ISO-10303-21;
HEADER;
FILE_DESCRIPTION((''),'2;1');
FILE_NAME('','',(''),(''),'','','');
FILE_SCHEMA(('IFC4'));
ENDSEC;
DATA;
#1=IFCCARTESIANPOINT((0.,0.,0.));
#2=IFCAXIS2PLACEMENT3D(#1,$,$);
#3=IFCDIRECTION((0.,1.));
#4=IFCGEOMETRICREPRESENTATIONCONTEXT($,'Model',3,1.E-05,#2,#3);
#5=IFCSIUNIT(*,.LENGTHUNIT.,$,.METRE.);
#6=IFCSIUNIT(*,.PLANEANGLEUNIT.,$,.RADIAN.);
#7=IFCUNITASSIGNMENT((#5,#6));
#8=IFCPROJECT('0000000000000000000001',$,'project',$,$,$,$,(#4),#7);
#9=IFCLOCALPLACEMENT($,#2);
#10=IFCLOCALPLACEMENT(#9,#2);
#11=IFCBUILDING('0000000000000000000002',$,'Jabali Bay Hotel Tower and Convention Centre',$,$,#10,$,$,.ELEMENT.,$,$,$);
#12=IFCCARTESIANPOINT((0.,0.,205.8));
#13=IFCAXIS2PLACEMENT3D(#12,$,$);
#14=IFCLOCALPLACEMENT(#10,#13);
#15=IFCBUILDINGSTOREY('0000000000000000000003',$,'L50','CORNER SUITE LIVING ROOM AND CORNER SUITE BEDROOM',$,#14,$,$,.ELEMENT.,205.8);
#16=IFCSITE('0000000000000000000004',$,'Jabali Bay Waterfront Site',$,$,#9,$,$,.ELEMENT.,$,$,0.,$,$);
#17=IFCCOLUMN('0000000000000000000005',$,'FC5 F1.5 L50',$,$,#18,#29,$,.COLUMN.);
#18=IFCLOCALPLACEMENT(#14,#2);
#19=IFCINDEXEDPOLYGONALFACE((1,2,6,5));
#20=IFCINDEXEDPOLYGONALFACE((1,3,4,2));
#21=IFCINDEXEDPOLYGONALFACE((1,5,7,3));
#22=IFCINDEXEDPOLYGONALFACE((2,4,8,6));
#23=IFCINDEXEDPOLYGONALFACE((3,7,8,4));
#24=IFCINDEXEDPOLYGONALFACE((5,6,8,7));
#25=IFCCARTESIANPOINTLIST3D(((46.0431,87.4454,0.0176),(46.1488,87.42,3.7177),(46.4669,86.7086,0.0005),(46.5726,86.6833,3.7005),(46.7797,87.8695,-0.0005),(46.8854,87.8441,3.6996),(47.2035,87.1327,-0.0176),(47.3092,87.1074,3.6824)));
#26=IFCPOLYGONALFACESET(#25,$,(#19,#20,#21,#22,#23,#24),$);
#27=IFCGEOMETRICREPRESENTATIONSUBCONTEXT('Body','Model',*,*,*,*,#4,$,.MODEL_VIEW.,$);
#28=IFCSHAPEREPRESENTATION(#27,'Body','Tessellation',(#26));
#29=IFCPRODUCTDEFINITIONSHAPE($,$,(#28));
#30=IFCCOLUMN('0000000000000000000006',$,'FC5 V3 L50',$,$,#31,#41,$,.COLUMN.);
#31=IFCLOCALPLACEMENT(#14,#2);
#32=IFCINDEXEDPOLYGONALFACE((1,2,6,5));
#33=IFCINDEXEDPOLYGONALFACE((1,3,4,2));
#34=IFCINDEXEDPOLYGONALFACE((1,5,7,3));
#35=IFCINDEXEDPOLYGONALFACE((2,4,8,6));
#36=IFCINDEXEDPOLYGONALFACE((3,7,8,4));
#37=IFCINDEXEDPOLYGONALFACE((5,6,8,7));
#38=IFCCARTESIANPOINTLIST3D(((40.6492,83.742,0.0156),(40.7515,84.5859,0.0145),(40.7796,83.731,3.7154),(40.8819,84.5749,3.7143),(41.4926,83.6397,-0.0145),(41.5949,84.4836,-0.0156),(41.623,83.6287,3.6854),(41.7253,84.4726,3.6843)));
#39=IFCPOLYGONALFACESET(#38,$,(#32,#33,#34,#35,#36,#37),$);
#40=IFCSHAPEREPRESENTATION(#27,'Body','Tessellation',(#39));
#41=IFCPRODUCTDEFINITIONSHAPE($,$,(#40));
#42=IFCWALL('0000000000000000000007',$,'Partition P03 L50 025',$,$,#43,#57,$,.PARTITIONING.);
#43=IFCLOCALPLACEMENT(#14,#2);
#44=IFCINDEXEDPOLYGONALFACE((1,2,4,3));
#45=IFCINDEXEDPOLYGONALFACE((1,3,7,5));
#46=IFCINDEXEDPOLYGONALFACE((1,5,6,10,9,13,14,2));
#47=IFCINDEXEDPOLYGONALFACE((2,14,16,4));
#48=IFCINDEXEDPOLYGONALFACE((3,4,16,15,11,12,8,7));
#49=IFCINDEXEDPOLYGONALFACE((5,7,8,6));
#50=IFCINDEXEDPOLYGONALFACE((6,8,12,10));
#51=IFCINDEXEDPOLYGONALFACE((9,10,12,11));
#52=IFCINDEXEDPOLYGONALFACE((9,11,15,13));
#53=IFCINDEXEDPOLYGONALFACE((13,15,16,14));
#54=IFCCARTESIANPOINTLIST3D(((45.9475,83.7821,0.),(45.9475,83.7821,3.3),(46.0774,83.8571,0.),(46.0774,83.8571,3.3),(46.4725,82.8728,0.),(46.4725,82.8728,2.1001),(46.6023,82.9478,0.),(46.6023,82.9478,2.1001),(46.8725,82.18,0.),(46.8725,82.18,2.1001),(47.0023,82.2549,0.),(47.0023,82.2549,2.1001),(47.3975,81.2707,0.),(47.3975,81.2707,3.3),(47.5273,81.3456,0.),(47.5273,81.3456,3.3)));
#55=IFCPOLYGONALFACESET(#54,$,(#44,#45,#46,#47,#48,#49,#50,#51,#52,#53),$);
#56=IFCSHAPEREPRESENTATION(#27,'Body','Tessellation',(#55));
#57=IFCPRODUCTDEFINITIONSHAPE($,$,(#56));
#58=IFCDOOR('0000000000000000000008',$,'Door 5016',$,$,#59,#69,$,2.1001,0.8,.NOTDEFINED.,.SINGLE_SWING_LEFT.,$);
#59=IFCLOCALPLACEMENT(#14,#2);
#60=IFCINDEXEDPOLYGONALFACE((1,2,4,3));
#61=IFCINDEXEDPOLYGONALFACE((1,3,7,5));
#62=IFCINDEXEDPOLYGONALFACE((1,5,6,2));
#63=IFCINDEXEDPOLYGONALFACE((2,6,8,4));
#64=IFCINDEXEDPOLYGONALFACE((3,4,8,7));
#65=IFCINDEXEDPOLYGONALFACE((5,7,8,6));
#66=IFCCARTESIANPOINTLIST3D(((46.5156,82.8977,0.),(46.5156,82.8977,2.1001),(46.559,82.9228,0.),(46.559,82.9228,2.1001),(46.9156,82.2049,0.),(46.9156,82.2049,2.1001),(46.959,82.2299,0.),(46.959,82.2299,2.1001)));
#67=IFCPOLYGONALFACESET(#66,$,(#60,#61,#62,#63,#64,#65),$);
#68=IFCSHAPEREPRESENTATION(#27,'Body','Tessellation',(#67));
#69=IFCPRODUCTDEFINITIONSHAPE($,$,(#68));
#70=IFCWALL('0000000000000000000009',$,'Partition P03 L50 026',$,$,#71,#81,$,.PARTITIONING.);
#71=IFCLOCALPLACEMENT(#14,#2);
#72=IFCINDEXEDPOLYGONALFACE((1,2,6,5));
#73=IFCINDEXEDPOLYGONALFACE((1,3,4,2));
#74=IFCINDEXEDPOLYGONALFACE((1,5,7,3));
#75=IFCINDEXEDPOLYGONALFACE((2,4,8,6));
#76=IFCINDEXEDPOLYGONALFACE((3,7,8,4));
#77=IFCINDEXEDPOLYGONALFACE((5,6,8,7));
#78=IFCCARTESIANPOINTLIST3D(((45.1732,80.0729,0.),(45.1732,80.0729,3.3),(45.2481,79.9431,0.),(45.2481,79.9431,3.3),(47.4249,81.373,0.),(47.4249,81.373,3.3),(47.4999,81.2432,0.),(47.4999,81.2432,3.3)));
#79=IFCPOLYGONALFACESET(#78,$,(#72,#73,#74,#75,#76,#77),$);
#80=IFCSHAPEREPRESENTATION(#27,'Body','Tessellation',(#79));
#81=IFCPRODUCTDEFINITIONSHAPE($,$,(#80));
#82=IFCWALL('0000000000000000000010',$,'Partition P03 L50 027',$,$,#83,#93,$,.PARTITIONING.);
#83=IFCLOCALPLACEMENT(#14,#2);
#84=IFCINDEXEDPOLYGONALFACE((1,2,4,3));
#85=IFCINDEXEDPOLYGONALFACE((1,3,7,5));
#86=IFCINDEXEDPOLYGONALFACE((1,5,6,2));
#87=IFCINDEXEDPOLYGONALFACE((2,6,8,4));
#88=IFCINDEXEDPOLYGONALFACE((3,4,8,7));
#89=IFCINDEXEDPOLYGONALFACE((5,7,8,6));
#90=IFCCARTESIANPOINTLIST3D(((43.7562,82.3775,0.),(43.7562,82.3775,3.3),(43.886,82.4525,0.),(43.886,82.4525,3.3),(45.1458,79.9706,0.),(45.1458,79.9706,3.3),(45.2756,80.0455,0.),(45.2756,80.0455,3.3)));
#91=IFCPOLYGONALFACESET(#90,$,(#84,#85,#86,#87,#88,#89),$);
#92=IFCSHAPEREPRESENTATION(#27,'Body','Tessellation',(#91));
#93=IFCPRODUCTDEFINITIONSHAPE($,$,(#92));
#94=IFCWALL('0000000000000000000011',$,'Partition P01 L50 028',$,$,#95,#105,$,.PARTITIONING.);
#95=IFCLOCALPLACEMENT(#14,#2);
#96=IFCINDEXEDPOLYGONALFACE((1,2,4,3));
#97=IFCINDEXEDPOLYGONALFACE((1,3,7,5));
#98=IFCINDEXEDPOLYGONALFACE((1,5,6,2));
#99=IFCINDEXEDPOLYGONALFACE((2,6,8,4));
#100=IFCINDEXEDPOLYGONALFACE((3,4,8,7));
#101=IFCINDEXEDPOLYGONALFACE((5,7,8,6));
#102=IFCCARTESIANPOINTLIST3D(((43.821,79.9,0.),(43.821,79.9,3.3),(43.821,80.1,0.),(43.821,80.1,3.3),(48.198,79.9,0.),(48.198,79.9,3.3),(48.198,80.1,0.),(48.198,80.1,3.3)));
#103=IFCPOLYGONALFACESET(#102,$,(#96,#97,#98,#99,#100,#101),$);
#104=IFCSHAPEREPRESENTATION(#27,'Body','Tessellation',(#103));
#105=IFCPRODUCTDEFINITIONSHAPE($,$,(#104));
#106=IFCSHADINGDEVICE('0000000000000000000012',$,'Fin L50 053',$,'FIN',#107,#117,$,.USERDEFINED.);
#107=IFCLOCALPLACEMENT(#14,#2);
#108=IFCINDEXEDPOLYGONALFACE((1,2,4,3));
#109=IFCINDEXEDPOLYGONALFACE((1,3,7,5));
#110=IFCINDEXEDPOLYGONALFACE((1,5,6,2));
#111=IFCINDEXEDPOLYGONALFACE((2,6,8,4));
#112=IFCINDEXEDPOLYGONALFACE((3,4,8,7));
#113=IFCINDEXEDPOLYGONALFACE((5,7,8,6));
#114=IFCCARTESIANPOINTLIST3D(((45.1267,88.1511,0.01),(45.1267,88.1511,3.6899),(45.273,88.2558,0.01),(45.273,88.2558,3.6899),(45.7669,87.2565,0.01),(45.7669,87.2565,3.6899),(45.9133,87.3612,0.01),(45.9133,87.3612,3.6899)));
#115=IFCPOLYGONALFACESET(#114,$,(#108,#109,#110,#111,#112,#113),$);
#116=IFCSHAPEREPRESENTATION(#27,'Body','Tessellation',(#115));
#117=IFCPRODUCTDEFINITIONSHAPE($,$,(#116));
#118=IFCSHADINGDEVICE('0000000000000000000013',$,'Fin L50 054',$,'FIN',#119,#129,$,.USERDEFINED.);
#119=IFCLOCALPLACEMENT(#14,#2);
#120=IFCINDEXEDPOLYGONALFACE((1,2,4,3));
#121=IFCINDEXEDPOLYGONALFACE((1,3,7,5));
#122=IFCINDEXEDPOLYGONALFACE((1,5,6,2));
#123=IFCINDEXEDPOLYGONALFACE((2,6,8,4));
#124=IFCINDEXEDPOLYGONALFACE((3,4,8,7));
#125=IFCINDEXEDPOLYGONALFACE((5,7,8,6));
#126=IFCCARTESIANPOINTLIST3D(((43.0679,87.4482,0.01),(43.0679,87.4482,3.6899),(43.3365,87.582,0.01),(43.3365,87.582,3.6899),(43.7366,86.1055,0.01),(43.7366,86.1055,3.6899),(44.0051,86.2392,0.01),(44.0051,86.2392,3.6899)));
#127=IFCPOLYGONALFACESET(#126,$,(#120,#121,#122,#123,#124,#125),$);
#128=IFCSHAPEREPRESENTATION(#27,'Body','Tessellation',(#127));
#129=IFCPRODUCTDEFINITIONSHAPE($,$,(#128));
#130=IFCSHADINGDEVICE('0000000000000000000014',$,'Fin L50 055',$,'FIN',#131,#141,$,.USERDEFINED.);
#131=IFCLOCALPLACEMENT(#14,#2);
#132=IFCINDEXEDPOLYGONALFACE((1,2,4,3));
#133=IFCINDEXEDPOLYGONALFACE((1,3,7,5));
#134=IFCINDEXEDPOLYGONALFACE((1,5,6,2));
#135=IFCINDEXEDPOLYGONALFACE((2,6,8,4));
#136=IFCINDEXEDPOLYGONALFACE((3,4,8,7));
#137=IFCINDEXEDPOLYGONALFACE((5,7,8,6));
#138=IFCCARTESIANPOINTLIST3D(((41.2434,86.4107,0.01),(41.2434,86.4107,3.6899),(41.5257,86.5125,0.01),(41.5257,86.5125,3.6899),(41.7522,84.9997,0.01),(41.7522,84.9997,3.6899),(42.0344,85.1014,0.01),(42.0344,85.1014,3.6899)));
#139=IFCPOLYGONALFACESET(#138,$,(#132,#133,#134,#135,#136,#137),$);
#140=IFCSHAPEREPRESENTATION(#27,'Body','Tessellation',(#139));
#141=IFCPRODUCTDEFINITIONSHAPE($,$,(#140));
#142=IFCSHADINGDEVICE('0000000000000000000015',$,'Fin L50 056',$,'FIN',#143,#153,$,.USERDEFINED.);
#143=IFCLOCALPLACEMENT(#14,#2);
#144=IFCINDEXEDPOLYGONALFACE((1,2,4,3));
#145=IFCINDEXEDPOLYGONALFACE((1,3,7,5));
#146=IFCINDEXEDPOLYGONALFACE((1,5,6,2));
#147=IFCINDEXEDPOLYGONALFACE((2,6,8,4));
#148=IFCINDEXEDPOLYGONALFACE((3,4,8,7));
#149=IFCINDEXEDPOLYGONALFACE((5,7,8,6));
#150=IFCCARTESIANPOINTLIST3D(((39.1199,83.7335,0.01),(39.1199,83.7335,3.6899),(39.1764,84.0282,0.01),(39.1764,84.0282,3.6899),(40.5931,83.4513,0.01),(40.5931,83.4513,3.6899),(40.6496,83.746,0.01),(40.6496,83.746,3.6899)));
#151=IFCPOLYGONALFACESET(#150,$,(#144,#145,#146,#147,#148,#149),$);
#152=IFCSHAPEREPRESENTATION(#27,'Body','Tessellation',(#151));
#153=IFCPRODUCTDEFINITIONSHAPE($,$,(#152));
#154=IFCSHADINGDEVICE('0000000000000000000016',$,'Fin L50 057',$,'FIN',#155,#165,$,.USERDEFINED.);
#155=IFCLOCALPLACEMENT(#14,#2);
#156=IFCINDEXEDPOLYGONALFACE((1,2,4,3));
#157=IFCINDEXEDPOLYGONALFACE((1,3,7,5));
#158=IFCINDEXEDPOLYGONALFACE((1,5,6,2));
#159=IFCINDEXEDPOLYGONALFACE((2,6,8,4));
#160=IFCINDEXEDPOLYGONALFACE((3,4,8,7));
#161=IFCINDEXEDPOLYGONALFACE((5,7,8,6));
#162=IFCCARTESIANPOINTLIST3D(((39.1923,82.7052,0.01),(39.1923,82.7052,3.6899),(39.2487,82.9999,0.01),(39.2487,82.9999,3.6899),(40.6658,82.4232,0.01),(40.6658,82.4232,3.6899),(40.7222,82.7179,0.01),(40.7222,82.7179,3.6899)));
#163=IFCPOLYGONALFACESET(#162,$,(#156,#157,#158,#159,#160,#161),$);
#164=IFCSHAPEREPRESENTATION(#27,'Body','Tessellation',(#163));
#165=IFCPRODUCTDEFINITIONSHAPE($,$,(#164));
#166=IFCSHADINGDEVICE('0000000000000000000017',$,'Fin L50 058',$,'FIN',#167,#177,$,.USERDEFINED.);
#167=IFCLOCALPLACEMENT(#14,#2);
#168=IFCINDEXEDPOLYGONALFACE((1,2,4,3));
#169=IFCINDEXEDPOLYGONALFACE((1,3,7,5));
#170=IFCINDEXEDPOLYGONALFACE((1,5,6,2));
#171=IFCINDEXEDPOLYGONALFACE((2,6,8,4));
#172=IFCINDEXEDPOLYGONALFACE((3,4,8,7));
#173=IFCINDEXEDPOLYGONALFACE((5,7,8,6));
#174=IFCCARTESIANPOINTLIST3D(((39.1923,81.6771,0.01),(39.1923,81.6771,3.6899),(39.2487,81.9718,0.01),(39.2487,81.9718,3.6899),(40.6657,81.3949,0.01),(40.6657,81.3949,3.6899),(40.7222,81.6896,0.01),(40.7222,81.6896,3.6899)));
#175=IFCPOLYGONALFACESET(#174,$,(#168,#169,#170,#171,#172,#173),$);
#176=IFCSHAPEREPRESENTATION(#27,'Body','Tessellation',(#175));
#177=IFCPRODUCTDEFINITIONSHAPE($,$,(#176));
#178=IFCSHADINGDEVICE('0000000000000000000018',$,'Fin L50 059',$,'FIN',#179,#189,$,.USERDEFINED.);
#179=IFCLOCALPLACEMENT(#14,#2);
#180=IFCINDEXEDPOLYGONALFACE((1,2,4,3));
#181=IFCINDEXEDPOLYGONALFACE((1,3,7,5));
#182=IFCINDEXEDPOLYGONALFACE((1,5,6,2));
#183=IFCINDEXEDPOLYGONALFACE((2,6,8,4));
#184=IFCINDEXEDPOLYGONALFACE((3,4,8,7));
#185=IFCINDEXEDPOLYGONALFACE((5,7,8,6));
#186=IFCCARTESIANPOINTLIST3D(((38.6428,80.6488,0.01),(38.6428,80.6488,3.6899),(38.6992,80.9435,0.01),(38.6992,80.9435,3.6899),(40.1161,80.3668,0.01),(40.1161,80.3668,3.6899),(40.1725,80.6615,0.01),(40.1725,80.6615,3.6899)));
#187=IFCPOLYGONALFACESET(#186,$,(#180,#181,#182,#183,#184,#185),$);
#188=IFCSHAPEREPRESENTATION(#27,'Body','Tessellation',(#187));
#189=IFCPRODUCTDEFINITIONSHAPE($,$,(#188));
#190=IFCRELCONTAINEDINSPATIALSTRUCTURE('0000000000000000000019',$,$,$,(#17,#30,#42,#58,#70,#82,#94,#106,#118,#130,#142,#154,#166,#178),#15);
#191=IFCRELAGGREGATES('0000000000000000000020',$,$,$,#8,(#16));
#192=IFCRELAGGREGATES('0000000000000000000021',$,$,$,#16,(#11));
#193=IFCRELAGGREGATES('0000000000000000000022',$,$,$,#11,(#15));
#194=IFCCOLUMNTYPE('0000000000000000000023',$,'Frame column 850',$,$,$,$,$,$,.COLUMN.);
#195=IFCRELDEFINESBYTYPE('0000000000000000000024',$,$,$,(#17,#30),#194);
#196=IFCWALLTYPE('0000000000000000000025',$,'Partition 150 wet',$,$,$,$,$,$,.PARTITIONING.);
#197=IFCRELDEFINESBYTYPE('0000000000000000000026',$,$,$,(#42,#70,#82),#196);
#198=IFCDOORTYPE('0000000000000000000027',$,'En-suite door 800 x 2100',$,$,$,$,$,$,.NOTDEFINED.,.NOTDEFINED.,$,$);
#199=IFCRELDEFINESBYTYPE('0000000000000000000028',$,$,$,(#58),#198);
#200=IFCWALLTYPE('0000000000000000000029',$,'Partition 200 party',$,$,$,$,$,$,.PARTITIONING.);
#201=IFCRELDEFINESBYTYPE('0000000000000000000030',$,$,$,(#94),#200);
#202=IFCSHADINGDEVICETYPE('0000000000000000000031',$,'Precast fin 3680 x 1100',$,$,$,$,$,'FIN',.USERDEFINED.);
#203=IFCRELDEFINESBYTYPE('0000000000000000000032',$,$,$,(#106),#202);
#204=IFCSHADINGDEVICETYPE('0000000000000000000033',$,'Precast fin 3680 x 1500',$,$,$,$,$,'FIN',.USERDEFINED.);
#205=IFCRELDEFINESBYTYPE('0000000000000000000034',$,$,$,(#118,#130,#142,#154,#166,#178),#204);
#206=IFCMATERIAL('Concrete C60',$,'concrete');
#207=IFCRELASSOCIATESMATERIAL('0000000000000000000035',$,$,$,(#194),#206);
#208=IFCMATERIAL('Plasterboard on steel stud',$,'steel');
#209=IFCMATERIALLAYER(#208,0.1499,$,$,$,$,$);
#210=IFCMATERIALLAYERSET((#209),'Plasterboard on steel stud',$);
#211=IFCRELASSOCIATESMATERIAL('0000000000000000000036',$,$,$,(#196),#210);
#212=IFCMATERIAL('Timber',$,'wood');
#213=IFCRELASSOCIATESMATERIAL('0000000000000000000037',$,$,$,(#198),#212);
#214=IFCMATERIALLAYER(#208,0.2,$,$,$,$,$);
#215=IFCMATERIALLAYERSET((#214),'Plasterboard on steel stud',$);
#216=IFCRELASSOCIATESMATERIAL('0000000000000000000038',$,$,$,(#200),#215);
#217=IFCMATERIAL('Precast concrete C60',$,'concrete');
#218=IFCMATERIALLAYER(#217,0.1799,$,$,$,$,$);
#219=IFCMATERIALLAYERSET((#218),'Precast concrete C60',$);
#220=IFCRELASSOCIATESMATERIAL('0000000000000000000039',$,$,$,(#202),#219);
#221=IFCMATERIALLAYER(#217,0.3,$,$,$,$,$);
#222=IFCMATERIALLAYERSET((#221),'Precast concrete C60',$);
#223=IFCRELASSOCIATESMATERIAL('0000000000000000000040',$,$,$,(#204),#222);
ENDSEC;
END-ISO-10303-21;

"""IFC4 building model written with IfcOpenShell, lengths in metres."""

from ifc_helpers import new_model, si_unit, direction, frame, frame_2d, origin, origin_2d, place, context, subcontext, project, spatial, rectangle, extrude, material, layer, layer_set, material_profile, profile_set, type_object, element, fill, save


model = new_model("IFC4")

# Units and contexts
model_context = context("Model", 3, precision=1e-05, world=origin(), true_north=direction((0.0, 1.0)))
body_context = subcontext(model_context, "Body", "Model", "MODEL_VIEW")
ifc_project = project(units=[si_unit("LENGTHUNIT", "METRE"), si_unit("PLANEANGLEUNIT", "RADIAN")], contexts=[model_context])

# Site, building, storey
site_placement = place(None, origin())
site = spatial("IfcSite", under=ifc_project, at=site_placement, Name="Jabali Bay Waterfront Site", CompositionType="ELEMENT", RefElevation=0.0)
building_placement = place(site_placement, origin())
building = spatial("IfcBuilding", under=site, at=building_placement, Name="Jabali Bay Hotel Tower and Convention Centre", CompositionType="ELEMENT")
storey_placement = place(building_placement, frame((0.0, 0.0, 205.8)))
storey = spatial("IfcBuildingStorey", under=building, at=storey_placement, Name="L50", Description="CORNER SUITE LIVING ROOM AND CORNER SUITE BEDROOM", CompositionType="ELEMENT", Elevation=205.8)

# Columns
ifc_material_1 = material(Name="Concrete C60", Category="concrete")
ifc_material_profile = material_profile(ifc_material_1, rectangle(XDim=0.8501, YDim=0.8501, at=origin_2d()), Name="Frame column 850")
ifc_profile_set = profile_set([ifc_material_profile], Name="Concrete C60")
column_type = type_object("IfcColumnType", Name="Frame column 850", PredefinedType="COLUMN", material=ifc_profile_set)
column_1_placement = place(storey_placement, frame((46.6233, 87.2891, 0.0), z_axis=(0.028559, -0.006859, 0.999569), x_axis=(-0.498523, 0.866641, 0.020191)))
element("IfcColumn", 1, at=column_1_placement, inside=storey, type_object=column_type, Name="FC5 F1.5 L50", PredefinedType="COLUMN", context=body_context, shape_type="SweptSolid", body=[
    extrude(rectangle(XDim=0.8501, YDim=0.8501, at=origin_2d()), origin(), (0.0, 0.0, 1.0), 3.7017),
])
column_2_placement = place(storey_placement, frame((41.1221, 84.1128, 0.0), z_axis=(0.035214, -0.002967, 0.999375), x_axis=(-0.992109, 0.120301, 0.035315)))
element("IfcColumn", 2, at=column_2_placement, inside=storey, type_object=column_type, Name="FC5 V3 L50", PredefinedType="COLUMN", context=body_context, shape_type="SweptSolid", body=[
    extrude(rectangle(XDim=0.8501, YDim=0.8501, at=origin_2d()), origin(), (0.0, 0.0, 1.0), 3.7021),
])

# Wall, opening, door
ifc_material_2 = material(Name="Plasterboard on steel stud", Category="steel")
ifc_layer_1 = layer(ifc_material_2, 0.1499)
ifc_layer_set_1 = layer_set([ifc_layer_1], Name="Plasterboard on steel stud")
wall_type_1 = type_object("IfcWallType", Name="Partition 150 wet", PredefinedType="PARTITIONING", material=ifc_layer_set_1)
wall_1_placement = place(storey_placement, frame((46.0125, 83.8196, 0.0), z_axis=(0.0, 0.0, 1.0), x_axis=(0.499987, -0.866033, 0.0)))
wall_1 = element("IfcWall", 3, at=wall_1_placement, inside=storey, type_object=wall_type_1, Name="Partition P03 L50 025", PredefinedType="PARTITIONING", context=body_context, shape_type="SweptSolid", body=[
    extrude(rectangle(XDim=2.8999, YDim=0.1499, at=frame_2d((1.45, 0.0))), origin(), (0.0, 0.0, 1.0), 3.3),
])
opening_1_placement = place(wall_1_placement, frame((1.05, 0.0, 0.0)))
opening_1 = element("IfcOpeningElement", 4, at=opening_1_placement, cuts=wall_1, PredefinedType="OPENING", context=body_context, shape_type="SweptSolid", body=[
    extrude(rectangle(XDim=0.8, YDim=2.1001, at=frame_2d((0.3999, 1.05))), frame((0.0, 0.0854, 0.0), z_axis=(0.0, -1.0, 0.0), x_axis=(1.0, 0.0, 0.0)), (0.0, 0.0, 1.0), 0.1709),
])
ifc_material_3 = material(Name="Timber", Category="wood")
door_type_1 = type_object("IfcDoorType", Name="En-suite door 800 x 2100", OperationType="NOTDEFINED", PredefinedType="NOTDEFINED", material=ifc_material_3)
door_1_placement = place(opening_1_placement, origin())
door_1 = element("IfcDoor", 5, at=door_1_placement, inside=storey, type_object=door_type_1, Name="Door 5016", OperationType="SINGLE_SWING_LEFT", OverallHeight=2.1001, OverallWidth=0.8, PredefinedType="NOTDEFINED", context=body_context, shape_type="SweptSolid", body=[
    extrude(rectangle(XDim=0.8, YDim=2.1001, at=frame_2d((0.3999, 1.05))), frame((0.0, 0.0249, 0.0), z_axis=(0.0, -1.0, 0.0), x_axis=(1.0, 0.0, 0.0)), (0.0, 0.0, 1.0), 0.05),
])
fill(opening_1, door_1)

# Walls
wall_2_placement = place(storey_placement, frame((47.4624, 81.3081, 0.0), z_axis=(0.0, 0.0, 1.0), x_axis=(-0.866021, -0.500007, 0.0)))
element("IfcWall", 6, at=wall_2_placement, inside=storey, type_object=wall_type_1, Name="Partition P03 L50 026", PredefinedType="PARTITIONING", context=body_context, shape_type="SweptSolid", body=[
    extrude(rectangle(XDim=2.6001, YDim=0.1499, at=frame_2d((1.3, 0.0))), origin(), (0.0, 0.0, 1.0), 3.3),
])
wall_3_placement = place(storey_placement, frame((45.2107, 80.0081, 0.0), z_axis=(0.0, 0.0, 1.0), x_axis=(-0.499994, 0.866029, 0.0)))
element("IfcWall", 7, at=wall_3_placement, inside=storey, type_object=wall_type_1, Name="Partition P03 L50 027", PredefinedType="PARTITIONING", context=body_context, shape_type="SweptSolid", body=[
    extrude(rectangle(XDim=2.7793, YDim=0.1499, at=frame_2d((1.3896, 0.0))), origin(), (0.0, 0.0, 1.0), 3.3),
])
ifc_layer_2 = layer(ifc_material_2, 0.2)
ifc_layer_set_2 = layer_set([ifc_layer_2], Name="Plasterboard on steel stud")
wall_type_2 = type_object("IfcWallType", Name="Partition 200 party", PredefinedType="PARTITIONING", material=ifc_layer_set_2)
wall_4_placement = place(storey_placement, frame((43.821, 80.0, 0.0), z_axis=(0.0, 0.0, 1.0), x_axis=(1.0, 0.0, 0.0)))
element("IfcWall", 8, at=wall_4_placement, inside=storey, type_object=wall_type_2, Name="Partition P01 L50 028", PredefinedType="PARTITIONING", context=body_context, shape_type="SweptSolid", body=[
    extrude(rectangle(XDim=4.377, YDim=0.2, at=frame_2d((2.1885, 0.0))), origin(), (0.0, 0.0, 1.0), 3.3),
])

# Shading devices
ifc_material_4 = material(Name="Precast concrete C60", Category="concrete")
ifc_layer_3 = layer(ifc_material_4, 0.1799)
ifc_layer_set_3 = layer_set([ifc_layer_3], Name="Precast concrete C60")
shading_device_type_1 = type_object("IfcShadingDeviceType", Name="Precast fin 3680 x 1100", ElementType="FIN", PredefinedType="USERDEFINED", material=ifc_layer_set_3)
shading_device_placement = place(storey_placement, frame((45.8401, 87.3088, 0.01), z_axis=(0.0, 0.0, 1.0), x_axis=(-0.581952, 0.813223, 0.0)))
element("IfcShadingDevice", 9, at=shading_device_placement, inside=storey, type_object=shading_device_type_1, Name="Fin L50 053", ObjectType="FIN", PredefinedType="USERDEFINED", context=body_context, shape_type="SweptSolid", body=[
    extrude(rectangle(XDim=1.1001, YDim=0.1799, at=frame_2d((0.55, 0.0))), origin(), (0.0, 0.0, 1.0), 3.6799),
])
ifc_layer_4 = layer(ifc_material_4, 0.3)
ifc_layer_set_4 = layer_set([ifc_layer_4], Name="Precast concrete C60")
shading_device_type_2 = type_object("IfcShadingDeviceType", Name="Precast fin 3680 x 1500", ElementType="FIN", PredefinedType="USERDEFINED", material=ifc_layer_set_4)
for number, where, z_axis, x_axis, name in (
    (10, (43.8708, 86.1724, 0.01), (0.0, 0.0, 1.0), (-0.445781, 0.895142, 0.0), "Fin L50 054"),
    (11, (41.8933, 85.0505, 0.01), (0.0, 0.0, 1.0), (-0.33918, 0.940721, 0.0), "Fin L50 055"),
    (12, (40.6213, 83.5986, 0.01), (0.0, 0.0, 1.0), (-0.982139, 0.188159, 0.0), "Fin L50 056"),
):
    element("IfcShadingDevice", number, at=place(storey_placement, frame(where, z_axis=z_axis, x_axis=x_axis)), inside=storey, type_object=shading_device_type_2, Name=name, ObjectType="FIN", PredefinedType="USERDEFINED", context=body_context, shape_type="SweptSolid", body=[
        extrude(rectangle(XDim=1.5, YDim=0.3, at=frame_2d((0.75, 0.0))), origin(), (0.0, 0.0, 1.0), 3.6799),
    ])
for number, where, z_axis, x_axis, name in (
    (13, (40.6938, 82.5706, 0.01), (0.0, 0.0, 1.0), (-0.982174, 0.187972, 0.0), "Fin L50 057"),
    (14, (40.6938, 81.5422, 0.01), (0.0, 0.0, 1.0), (-0.982144, 0.188129, 0.0), "Fin L50 058"),
):
    element("IfcShadingDevice", number, at=place(storey_placement, frame(where, z_axis=z_axis, x_axis=x_axis)), inside=storey, type_object=shading_device_type_2, Name=name, ObjectType="FIN", PredefinedType="USERDEFINED", context=body_context, shape_type="SweptSolid", body=[
        extrude(rectangle(XDim=1.5002, YDim=0.3, at=frame_2d((0.75, 0.0))), origin(), (0.0, 0.0, 1.0), 3.6799),
    ])
for number, where, z_axis, x_axis, name in (
    (15, (40.1443, 80.5142, 0.01), (0.0, 0.0, 1.0), (-0.982169, 0.188002, 0.0), "Fin L50 059"),
):
    element("IfcShadingDevice", number, at=place(storey_placement, frame(where, z_axis=z_axis, x_axis=x_axis)), inside=storey, type_object=shading_device_type_2, Name=name, ObjectType="FIN", PredefinedType="USERDEFINED", context=body_context, shape_type="SweptSolid", body=[
        extrude(rectangle(XDim=1.5, YDim=0.3, at=frame_2d((0.75, 0.0))), origin(), (0.0, 0.0, 1.0), 3.6799),
    ])

save(model, "model.ifc")
